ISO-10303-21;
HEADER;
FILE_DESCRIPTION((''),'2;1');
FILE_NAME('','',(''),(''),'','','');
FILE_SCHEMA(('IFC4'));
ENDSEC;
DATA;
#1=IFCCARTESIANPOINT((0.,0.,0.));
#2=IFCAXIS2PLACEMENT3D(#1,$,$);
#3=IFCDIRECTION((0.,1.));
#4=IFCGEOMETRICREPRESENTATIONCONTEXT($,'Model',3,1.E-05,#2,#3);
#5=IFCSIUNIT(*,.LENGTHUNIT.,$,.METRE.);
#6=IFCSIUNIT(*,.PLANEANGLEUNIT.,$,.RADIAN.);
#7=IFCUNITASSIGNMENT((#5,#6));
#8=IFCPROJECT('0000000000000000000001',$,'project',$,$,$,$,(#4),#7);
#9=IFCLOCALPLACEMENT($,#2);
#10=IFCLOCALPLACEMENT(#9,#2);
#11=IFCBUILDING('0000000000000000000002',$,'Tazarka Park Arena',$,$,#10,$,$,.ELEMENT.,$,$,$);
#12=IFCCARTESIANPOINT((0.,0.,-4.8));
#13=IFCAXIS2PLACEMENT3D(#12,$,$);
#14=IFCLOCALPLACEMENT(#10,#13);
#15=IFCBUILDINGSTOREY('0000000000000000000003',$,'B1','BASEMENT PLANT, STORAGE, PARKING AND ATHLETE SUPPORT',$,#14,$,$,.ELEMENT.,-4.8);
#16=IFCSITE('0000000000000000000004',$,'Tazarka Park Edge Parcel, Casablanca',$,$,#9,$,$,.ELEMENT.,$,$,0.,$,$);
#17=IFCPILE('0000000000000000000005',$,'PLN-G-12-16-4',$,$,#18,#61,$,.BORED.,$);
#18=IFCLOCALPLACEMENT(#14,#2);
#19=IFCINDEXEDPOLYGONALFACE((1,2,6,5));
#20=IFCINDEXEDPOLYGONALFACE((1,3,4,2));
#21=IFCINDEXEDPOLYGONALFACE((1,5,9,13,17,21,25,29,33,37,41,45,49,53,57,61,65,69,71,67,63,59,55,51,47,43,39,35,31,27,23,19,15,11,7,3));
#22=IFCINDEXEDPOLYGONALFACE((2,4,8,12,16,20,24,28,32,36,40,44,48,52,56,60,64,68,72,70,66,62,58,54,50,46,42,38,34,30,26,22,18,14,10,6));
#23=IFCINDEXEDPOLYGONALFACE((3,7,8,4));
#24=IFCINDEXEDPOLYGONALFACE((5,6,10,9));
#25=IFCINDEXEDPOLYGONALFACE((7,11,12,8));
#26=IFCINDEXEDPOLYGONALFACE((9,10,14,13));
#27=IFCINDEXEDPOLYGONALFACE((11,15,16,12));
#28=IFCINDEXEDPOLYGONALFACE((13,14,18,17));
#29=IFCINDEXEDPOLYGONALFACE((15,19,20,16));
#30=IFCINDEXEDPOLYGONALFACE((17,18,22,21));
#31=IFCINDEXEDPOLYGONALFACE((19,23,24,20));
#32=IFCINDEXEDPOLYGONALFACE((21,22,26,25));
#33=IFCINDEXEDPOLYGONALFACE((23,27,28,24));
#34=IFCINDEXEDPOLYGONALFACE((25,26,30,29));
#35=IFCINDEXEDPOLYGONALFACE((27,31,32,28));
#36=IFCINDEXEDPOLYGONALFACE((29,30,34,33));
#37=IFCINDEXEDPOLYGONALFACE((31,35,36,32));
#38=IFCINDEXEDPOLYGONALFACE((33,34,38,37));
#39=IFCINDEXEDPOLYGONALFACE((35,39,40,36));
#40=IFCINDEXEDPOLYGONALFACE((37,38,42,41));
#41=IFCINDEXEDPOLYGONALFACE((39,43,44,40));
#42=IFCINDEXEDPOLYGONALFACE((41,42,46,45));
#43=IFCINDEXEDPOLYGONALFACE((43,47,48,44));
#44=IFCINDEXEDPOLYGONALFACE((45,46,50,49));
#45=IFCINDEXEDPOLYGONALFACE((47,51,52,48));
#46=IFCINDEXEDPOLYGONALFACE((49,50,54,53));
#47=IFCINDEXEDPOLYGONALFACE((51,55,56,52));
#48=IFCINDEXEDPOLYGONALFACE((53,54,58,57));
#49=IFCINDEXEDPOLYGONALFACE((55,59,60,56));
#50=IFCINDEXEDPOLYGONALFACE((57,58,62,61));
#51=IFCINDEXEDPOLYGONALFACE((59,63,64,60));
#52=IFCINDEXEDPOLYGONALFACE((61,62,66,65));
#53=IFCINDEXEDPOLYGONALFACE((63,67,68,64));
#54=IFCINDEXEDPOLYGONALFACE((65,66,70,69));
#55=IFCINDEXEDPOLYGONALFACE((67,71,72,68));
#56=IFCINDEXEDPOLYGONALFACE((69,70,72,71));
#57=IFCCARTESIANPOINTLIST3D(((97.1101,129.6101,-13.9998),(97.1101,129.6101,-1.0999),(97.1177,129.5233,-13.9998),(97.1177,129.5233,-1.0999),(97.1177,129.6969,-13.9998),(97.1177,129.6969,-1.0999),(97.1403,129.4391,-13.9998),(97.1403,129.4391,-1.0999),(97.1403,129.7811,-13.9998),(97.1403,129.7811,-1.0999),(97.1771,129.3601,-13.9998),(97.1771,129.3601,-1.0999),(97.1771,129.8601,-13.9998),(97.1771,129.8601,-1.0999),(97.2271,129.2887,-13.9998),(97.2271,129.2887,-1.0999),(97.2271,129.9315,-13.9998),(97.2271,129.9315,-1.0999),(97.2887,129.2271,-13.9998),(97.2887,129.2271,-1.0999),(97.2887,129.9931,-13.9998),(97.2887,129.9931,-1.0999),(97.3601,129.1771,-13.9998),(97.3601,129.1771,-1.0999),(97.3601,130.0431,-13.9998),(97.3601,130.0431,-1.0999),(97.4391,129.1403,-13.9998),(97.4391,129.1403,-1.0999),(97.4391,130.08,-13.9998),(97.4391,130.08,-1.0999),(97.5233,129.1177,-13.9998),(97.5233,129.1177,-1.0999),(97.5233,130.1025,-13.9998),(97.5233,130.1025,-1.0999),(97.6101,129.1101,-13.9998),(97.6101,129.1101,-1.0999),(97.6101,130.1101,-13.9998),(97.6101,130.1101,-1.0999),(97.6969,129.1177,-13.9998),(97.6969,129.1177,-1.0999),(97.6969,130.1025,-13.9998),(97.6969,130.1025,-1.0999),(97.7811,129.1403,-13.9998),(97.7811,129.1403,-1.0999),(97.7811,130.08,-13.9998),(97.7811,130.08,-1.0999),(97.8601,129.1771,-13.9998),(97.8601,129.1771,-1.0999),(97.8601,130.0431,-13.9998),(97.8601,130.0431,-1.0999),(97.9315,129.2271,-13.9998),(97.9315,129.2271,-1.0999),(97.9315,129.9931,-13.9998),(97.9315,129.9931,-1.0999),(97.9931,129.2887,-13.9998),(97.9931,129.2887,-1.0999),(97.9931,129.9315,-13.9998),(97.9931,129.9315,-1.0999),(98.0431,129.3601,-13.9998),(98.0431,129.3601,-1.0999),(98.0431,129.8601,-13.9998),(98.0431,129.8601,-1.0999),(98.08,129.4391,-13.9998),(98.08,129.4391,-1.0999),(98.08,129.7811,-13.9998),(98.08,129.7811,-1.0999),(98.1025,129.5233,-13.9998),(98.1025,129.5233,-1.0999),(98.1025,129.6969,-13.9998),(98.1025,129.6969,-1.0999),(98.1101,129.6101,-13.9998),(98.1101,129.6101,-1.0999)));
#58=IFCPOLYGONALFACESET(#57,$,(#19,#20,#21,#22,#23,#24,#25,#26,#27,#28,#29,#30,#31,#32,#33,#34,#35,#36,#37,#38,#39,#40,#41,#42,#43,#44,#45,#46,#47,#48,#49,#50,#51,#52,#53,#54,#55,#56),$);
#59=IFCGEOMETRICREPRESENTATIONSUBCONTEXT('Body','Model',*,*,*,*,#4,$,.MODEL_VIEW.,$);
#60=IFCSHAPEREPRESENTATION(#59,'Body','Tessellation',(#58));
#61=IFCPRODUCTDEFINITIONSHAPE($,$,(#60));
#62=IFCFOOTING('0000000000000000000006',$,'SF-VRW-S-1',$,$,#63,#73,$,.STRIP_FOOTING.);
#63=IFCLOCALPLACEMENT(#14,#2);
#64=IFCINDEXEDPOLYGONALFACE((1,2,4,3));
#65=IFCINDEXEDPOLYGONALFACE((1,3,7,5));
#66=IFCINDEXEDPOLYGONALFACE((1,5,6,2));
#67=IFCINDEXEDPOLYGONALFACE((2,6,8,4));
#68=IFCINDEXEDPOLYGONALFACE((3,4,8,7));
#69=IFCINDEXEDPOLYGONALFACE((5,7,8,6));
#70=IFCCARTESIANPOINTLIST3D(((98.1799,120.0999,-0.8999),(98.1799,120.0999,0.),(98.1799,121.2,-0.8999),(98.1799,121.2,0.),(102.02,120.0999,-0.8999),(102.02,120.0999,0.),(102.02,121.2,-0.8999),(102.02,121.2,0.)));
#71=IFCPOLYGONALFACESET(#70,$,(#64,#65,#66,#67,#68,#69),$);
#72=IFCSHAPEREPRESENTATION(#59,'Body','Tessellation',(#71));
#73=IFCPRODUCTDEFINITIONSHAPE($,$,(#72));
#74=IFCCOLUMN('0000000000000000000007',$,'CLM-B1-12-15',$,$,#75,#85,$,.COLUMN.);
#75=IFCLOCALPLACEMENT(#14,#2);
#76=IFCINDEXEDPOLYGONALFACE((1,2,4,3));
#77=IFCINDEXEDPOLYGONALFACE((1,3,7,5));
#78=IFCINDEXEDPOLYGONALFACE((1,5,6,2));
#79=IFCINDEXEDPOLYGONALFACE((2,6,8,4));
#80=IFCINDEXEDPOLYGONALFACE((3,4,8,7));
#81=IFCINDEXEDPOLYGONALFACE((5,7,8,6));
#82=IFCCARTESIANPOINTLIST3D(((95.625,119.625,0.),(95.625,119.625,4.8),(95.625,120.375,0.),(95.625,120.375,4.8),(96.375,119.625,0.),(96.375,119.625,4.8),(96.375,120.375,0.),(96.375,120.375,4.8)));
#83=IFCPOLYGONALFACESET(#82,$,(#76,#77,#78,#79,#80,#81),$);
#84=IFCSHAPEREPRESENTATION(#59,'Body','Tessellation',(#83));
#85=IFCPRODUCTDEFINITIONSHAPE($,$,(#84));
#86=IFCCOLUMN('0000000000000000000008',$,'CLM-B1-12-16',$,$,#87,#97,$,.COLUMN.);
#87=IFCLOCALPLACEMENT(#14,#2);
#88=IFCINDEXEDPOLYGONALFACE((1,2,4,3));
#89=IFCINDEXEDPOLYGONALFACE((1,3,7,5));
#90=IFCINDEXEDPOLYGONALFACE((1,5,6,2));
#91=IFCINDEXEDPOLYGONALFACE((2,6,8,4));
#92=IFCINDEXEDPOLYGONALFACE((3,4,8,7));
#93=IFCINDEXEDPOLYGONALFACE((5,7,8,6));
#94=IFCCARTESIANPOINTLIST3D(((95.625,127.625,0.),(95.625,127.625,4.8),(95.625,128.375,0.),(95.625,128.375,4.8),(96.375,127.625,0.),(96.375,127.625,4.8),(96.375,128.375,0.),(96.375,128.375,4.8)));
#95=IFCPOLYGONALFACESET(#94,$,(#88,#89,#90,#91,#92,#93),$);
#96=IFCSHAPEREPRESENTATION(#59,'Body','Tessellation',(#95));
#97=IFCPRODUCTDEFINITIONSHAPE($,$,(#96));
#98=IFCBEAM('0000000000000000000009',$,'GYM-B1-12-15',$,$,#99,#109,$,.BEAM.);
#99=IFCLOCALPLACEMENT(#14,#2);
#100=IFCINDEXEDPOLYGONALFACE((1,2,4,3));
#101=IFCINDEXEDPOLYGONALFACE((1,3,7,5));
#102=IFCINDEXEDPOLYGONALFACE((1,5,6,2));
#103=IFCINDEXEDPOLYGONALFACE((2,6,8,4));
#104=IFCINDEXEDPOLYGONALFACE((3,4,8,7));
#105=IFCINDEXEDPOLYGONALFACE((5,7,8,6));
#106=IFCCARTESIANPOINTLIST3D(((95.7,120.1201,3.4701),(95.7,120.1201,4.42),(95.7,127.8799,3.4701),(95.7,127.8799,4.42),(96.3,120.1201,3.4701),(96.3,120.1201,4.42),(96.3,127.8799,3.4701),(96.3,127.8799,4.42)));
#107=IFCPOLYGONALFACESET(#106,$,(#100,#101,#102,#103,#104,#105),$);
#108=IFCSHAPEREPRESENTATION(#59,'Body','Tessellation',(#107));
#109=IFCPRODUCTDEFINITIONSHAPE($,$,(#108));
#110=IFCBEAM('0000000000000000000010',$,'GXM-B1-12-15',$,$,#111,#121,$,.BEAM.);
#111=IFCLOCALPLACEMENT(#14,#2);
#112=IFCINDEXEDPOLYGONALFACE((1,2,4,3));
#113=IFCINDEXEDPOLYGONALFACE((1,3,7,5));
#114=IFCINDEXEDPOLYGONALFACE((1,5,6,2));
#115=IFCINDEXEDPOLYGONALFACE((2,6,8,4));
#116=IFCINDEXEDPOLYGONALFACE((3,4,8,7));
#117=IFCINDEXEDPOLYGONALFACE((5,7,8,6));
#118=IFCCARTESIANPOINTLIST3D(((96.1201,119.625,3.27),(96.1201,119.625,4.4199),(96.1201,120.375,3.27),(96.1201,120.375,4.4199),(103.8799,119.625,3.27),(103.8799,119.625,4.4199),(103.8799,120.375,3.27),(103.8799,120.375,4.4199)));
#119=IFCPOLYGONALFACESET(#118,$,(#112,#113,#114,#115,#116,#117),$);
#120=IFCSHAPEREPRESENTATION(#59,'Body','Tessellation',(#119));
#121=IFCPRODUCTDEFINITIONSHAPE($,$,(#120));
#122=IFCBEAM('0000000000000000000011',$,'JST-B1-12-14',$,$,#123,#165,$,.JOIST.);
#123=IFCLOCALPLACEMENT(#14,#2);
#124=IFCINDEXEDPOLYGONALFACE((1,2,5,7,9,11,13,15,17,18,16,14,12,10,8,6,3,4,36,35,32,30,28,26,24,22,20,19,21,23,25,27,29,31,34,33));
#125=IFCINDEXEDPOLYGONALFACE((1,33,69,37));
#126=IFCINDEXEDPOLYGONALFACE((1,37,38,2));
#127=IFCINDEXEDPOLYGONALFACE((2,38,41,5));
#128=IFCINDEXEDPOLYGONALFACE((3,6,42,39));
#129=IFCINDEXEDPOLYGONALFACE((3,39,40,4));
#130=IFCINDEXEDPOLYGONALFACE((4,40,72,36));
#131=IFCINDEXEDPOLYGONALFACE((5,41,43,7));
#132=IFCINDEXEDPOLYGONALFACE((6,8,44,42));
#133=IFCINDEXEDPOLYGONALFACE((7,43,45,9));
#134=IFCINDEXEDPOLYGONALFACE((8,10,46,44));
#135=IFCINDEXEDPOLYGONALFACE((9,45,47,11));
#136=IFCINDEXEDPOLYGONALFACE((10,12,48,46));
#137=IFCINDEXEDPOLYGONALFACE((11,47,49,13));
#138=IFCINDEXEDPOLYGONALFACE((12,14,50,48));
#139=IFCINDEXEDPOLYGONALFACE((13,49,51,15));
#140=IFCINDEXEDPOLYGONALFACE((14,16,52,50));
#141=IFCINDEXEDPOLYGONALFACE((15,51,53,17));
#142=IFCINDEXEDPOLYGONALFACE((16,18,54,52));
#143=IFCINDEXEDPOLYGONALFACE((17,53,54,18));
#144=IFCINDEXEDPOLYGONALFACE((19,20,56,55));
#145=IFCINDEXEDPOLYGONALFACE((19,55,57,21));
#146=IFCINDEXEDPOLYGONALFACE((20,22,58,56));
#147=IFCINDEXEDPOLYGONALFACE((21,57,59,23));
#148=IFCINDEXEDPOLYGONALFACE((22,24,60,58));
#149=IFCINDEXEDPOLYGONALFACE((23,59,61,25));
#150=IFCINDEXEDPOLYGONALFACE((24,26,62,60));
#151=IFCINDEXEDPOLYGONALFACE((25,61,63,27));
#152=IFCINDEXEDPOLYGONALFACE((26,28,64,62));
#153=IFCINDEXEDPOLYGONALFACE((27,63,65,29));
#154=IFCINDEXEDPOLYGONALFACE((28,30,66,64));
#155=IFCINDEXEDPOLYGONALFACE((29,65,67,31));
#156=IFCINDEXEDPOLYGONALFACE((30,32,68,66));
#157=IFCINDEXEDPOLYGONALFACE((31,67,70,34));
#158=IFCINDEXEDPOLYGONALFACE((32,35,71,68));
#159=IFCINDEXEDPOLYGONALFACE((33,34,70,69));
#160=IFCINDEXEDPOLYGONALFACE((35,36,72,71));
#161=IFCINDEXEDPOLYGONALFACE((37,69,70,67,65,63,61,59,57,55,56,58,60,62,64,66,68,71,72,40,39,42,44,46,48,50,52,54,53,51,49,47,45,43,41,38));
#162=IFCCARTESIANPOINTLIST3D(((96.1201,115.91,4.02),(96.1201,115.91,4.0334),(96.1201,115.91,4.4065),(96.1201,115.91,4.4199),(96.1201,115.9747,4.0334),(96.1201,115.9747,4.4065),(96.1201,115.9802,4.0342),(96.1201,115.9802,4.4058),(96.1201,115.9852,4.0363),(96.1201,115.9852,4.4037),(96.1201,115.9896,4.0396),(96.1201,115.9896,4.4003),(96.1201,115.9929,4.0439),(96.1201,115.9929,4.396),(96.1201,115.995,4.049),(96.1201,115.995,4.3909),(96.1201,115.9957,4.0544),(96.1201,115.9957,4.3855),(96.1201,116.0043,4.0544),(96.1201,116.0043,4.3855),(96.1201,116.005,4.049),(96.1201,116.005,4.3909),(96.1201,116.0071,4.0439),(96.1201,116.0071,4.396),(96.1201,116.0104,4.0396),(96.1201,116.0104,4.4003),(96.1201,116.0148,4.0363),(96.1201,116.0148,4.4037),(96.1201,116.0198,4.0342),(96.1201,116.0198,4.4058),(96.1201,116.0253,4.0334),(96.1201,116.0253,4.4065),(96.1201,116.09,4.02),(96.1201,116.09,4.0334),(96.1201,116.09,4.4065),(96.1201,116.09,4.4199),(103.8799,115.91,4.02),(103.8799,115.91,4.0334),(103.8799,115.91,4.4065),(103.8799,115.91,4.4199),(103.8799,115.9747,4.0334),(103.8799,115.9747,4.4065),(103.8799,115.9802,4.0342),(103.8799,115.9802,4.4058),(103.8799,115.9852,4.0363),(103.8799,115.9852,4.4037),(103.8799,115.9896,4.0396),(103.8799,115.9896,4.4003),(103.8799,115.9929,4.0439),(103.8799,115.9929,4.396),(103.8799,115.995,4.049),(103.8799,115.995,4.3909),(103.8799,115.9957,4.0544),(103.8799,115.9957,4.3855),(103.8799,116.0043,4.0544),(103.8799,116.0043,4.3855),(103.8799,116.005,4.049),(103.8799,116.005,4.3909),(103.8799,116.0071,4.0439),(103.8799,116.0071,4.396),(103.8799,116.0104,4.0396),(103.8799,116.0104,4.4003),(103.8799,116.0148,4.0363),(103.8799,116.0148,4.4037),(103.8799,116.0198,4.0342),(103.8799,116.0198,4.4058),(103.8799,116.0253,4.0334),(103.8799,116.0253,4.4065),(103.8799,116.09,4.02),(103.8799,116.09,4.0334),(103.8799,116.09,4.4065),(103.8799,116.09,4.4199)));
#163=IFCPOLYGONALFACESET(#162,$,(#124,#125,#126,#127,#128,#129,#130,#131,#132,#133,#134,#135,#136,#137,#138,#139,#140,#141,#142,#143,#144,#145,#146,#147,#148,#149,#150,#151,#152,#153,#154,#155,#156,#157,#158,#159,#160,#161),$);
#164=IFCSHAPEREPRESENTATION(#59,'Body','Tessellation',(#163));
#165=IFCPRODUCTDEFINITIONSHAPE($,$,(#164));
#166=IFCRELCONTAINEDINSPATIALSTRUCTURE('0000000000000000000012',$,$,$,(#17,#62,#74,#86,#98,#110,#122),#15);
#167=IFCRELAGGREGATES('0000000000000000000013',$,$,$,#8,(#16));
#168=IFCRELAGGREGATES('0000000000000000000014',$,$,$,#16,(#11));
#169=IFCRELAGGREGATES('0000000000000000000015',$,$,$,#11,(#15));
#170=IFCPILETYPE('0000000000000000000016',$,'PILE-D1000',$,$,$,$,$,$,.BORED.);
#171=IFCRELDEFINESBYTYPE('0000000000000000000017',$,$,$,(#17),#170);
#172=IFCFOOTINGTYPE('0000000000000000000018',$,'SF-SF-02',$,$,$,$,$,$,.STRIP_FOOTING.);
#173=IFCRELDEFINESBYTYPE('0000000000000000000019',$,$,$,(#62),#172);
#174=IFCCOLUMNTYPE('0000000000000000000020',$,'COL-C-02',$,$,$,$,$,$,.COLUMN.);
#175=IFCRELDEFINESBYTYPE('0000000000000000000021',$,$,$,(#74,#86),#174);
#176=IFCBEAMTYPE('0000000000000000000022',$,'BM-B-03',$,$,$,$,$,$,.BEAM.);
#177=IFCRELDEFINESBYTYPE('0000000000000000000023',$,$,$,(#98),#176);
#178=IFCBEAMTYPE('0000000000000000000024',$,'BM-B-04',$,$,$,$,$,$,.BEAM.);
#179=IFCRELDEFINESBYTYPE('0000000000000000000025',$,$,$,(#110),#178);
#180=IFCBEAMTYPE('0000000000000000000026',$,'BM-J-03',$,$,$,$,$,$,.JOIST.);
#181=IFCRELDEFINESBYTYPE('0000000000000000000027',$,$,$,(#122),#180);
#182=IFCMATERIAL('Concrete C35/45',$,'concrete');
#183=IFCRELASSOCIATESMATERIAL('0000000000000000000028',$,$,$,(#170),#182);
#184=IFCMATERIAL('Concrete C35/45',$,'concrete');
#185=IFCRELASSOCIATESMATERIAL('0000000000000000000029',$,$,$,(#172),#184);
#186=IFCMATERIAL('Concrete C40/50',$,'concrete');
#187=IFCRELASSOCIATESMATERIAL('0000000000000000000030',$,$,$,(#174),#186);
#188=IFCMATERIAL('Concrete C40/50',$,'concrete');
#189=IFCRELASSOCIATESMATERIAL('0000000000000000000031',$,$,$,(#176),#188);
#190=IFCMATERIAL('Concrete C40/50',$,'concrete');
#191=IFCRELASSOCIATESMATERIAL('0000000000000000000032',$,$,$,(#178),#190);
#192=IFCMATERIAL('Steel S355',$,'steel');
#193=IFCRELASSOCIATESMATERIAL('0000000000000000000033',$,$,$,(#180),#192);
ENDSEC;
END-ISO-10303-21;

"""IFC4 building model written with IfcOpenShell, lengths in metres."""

from ifc_helpers import new_model, si_unit, direction, frame, origin, origin_2d, place, context, subcontext, project, spatial, rectangle, circle, i_section, extrude, material, material_profile, profile_set, type_object, element, save


model = new_model("IFC4")

# Units and contexts
model_context = context("Model", 3, precision=1e-05, world=origin(), true_north=direction((0.0, 1.0)))
body_context = subcontext(model_context, "Body", "Model", "MODEL_VIEW")
ifc_project = project(units=[si_unit("LENGTHUNIT", "METRE"), si_unit("PLANEANGLEUNIT", "RADIAN")], contexts=[model_context])

# Site, building, storey
site_placement = place(None, origin())
site = spatial("IfcSite", under=ifc_project, at=site_placement, Name="Tazarka Park Edge Parcel, Casablanca", CompositionType="ELEMENT", RefElevation=0.0)
building_placement = place(site_placement, origin())
building = spatial("IfcBuilding", under=site, at=building_placement, Name="Tazarka Park Arena", CompositionType="ELEMENT")
storey_placement = place(building_placement, frame((0.0, 0.0, -4.8)))
storey = spatial("IfcBuildingStorey", under=building, at=storey_placement, Name="B1", Description="BASEMENT PLANT, STORAGE, PARKING AND ATHLETE SUPPORT", CompositionType="ELEMENT", Elevation=-4.8)

# Pile
ifc_material_1 = material(Name="Concrete C35/45", Category="concrete")
ifc_material_profile_1 = material_profile(ifc_material_1, circle(Radius=0.5, at=origin_2d()), Name="Concrete C35/45")
ifc_profile_set_1 = profile_set([ifc_material_profile_1], Name="Concrete C35/45")
pile_type = type_object("IfcPileType", Name="PILE-D1000", PredefinedType="BORED", material=ifc_profile_set_1)
for number, where, z_axis, x_axis, name in (
    (1, (97.6101, 129.6101, -1.0999), (0.0, 0.0, -1.0), (1.0, 0.0, 0.0), "PLN-G-12-16-4"),
):
    element("IfcPile", number, at=place(storey_placement, frame(where, z_axis=z_axis, x_axis=x_axis)), inside=storey, type_object=pile_type, Name=name, PredefinedType="BORED", context=body_context, shape_type="SweptSolid", body=[
        extrude(circle(Radius=0.5, at=origin_2d()), origin(), (0.0, 0.0, 1.0), 12.8999),
    ])

# Footing
ifc_material_2 = material(Name="Concrete C35/45", Category="concrete")
ifc_material_profile_2 = material_profile(ifc_material_2, rectangle(XDim=1.1001, YDim=0.8999, at=origin_2d()), Name="Concrete C35/45")
ifc_profile_set_2 = profile_set([ifc_material_profile_2], Name="Concrete C35/45")
footing_type_1 = type_object("IfcFootingType", Name="SF-SF-02", PredefinedType="STRIP_FOOTING", material=ifc_profile_set_2)
footing_1_placement = place(storey_placement, frame((98.1799, 120.6499, -0.45), z_axis=(1.0, 0.0, 0.0), x_axis=(0.0, 1.0, 0.0)))
element("IfcFooting", 2, at=footing_1_placement, inside=storey, type_object=footing_type_1, Name="SF-VRW-S-1", PredefinedType="STRIP_FOOTING", context=body_context, shape_type="SweptSolid", body=[
    extrude(rectangle(XDim=1.1001, YDim=0.8999, at=origin_2d()), origin(), (0.0, 0.0, 1.0), 3.8401),
])

# Columns
ifc_material_3 = material(Name="Concrete C40/50", Category="concrete")
ifc_material_profile_3 = material_profile(ifc_material_3, rectangle(XDim=0.75, YDim=0.75, at=origin_2d()), Name="Concrete C40/50")
ifc_profile_set_3 = profile_set([ifc_material_profile_3], Name="Concrete C40/50")
column_type = type_object("IfcColumnType", Name="COL-C-02", PredefinedType="COLUMN", material=ifc_profile_set_3)
for number, where, z_axis, x_axis, name in (
    (3, (96.0, 120.0, 0.0), (0.0, 0.0, 1.0), (1.0, 0.0, 0.0), "CLM-B1-12-15"),
    (4, (96.0, 128.0, 0.0), (0.0, 0.0, 1.0), (1.0, 0.0, 0.0), "CLM-B1-12-16"),
):
    element("IfcColumn", number, at=place(storey_placement, frame(where, z_axis=z_axis, x_axis=x_axis)), inside=storey, type_object=column_type, Name=name, PredefinedType="COLUMN", context=body_context, shape_type="SweptSolid", body=[
        extrude(rectangle(XDim=0.75, YDim=0.75, at=origin_2d()), origin(), (0.0, 0.0, 1.0), 4.8),
    ])

# Beams
ifc_material_4 = material(Name="Concrete C40/50", Category="concrete")
ifc_material_profile_4 = material_profile(ifc_material_4, rectangle(XDim=0.6001, YDim=0.95, at=origin_2d()), Name="Concrete C40/50")
ifc_profile_set_4 = profile_set([ifc_material_profile_4], Name="Concrete C40/50")
beam_type_1 = type_object("IfcBeamType", Name="BM-B-03", PredefinedType="BEAM", material=ifc_profile_set_4)
beam_1_placement = place(storey_placement, frame((96.0, 120.1201, 3.9451), z_axis=(0.0, 1.0, 0.0), x_axis=(-1.0, 0.0, 0.0)))
element("IfcBeam", 5, at=beam_1_placement, inside=storey, type_object=beam_type_1, Name="GYM-B1-12-15", PredefinedType="BEAM", context=body_context, shape_type="SweptSolid", body=[
    extrude(rectangle(XDim=0.6001, YDim=0.95, at=origin_2d()), origin(), (0.0, 0.0, 1.0), 7.7598),
])
ifc_material_5 = material(Name="Concrete C40/50", Category="concrete")
ifc_material_profile_5 = material_profile(ifc_material_5, rectangle(XDim=0.75, YDim=1.1499, at=origin_2d()), Name="Concrete C40/50")
ifc_profile_set_5 = profile_set([ifc_material_profile_5], Name="Concrete C40/50")
beam_type_2 = type_object("IfcBeamType", Name="BM-B-04", PredefinedType="BEAM", material=ifc_profile_set_5)
beam_2_placement = place(storey_placement, frame((96.1201, 120.0, 3.845), z_axis=(1.0, 0.0, 0.0), x_axis=(0.0, 1.0, 0.0)))
element("IfcBeam", 6, at=beam_2_placement, inside=storey, type_object=beam_type_2, Name="GXM-B1-12-15", PredefinedType="BEAM", context=body_context, shape_type="SweptSolid", body=[
    extrude(rectangle(XDim=0.75, YDim=1.1499, at=origin_2d()), origin(), (0.0, 0.0, 1.0), 7.7598),
])
ifc_material_6 = material(Name="Steel S355", Category="steel")
ifc_material_profile_6 = material_profile(ifc_material_6, i_section(OverallWidth=0.1799, OverallDepth=0.3999, WebThickness=0.0085, FlangeThickness=0.0134, FilletRadius=0.021, at=origin_2d()), Name="Steel S355")
ifc_profile_set_6 = profile_set([ifc_material_profile_6], Name="Steel S355")
beam_type_3 = type_object("IfcBeamType", Name="BM-J-03", PredefinedType="JOIST", material=ifc_profile_set_6)
beam_3_placement = place(storey_placement, frame((96.1201, 116.0, 4.22), z_axis=(1.0, 0.0, 0.0), x_axis=(0.0, 1.0, 0.0)))
element("IfcBeam", 7, at=beam_3_placement, inside=storey, type_object=beam_type_3, Name="JST-B1-12-14", PredefinedType="JOIST", context=body_context, shape_type="SweptSolid", body=[
    extrude(i_section(OverallWidth=0.1799, OverallDepth=0.3999, WebThickness=0.0085, FlangeThickness=0.0134, FilletRadius=0.021, at=origin_2d()), origin(), (0.0, 0.0, 1.0), 7.7598),
])

save(model, "model.ifc")
